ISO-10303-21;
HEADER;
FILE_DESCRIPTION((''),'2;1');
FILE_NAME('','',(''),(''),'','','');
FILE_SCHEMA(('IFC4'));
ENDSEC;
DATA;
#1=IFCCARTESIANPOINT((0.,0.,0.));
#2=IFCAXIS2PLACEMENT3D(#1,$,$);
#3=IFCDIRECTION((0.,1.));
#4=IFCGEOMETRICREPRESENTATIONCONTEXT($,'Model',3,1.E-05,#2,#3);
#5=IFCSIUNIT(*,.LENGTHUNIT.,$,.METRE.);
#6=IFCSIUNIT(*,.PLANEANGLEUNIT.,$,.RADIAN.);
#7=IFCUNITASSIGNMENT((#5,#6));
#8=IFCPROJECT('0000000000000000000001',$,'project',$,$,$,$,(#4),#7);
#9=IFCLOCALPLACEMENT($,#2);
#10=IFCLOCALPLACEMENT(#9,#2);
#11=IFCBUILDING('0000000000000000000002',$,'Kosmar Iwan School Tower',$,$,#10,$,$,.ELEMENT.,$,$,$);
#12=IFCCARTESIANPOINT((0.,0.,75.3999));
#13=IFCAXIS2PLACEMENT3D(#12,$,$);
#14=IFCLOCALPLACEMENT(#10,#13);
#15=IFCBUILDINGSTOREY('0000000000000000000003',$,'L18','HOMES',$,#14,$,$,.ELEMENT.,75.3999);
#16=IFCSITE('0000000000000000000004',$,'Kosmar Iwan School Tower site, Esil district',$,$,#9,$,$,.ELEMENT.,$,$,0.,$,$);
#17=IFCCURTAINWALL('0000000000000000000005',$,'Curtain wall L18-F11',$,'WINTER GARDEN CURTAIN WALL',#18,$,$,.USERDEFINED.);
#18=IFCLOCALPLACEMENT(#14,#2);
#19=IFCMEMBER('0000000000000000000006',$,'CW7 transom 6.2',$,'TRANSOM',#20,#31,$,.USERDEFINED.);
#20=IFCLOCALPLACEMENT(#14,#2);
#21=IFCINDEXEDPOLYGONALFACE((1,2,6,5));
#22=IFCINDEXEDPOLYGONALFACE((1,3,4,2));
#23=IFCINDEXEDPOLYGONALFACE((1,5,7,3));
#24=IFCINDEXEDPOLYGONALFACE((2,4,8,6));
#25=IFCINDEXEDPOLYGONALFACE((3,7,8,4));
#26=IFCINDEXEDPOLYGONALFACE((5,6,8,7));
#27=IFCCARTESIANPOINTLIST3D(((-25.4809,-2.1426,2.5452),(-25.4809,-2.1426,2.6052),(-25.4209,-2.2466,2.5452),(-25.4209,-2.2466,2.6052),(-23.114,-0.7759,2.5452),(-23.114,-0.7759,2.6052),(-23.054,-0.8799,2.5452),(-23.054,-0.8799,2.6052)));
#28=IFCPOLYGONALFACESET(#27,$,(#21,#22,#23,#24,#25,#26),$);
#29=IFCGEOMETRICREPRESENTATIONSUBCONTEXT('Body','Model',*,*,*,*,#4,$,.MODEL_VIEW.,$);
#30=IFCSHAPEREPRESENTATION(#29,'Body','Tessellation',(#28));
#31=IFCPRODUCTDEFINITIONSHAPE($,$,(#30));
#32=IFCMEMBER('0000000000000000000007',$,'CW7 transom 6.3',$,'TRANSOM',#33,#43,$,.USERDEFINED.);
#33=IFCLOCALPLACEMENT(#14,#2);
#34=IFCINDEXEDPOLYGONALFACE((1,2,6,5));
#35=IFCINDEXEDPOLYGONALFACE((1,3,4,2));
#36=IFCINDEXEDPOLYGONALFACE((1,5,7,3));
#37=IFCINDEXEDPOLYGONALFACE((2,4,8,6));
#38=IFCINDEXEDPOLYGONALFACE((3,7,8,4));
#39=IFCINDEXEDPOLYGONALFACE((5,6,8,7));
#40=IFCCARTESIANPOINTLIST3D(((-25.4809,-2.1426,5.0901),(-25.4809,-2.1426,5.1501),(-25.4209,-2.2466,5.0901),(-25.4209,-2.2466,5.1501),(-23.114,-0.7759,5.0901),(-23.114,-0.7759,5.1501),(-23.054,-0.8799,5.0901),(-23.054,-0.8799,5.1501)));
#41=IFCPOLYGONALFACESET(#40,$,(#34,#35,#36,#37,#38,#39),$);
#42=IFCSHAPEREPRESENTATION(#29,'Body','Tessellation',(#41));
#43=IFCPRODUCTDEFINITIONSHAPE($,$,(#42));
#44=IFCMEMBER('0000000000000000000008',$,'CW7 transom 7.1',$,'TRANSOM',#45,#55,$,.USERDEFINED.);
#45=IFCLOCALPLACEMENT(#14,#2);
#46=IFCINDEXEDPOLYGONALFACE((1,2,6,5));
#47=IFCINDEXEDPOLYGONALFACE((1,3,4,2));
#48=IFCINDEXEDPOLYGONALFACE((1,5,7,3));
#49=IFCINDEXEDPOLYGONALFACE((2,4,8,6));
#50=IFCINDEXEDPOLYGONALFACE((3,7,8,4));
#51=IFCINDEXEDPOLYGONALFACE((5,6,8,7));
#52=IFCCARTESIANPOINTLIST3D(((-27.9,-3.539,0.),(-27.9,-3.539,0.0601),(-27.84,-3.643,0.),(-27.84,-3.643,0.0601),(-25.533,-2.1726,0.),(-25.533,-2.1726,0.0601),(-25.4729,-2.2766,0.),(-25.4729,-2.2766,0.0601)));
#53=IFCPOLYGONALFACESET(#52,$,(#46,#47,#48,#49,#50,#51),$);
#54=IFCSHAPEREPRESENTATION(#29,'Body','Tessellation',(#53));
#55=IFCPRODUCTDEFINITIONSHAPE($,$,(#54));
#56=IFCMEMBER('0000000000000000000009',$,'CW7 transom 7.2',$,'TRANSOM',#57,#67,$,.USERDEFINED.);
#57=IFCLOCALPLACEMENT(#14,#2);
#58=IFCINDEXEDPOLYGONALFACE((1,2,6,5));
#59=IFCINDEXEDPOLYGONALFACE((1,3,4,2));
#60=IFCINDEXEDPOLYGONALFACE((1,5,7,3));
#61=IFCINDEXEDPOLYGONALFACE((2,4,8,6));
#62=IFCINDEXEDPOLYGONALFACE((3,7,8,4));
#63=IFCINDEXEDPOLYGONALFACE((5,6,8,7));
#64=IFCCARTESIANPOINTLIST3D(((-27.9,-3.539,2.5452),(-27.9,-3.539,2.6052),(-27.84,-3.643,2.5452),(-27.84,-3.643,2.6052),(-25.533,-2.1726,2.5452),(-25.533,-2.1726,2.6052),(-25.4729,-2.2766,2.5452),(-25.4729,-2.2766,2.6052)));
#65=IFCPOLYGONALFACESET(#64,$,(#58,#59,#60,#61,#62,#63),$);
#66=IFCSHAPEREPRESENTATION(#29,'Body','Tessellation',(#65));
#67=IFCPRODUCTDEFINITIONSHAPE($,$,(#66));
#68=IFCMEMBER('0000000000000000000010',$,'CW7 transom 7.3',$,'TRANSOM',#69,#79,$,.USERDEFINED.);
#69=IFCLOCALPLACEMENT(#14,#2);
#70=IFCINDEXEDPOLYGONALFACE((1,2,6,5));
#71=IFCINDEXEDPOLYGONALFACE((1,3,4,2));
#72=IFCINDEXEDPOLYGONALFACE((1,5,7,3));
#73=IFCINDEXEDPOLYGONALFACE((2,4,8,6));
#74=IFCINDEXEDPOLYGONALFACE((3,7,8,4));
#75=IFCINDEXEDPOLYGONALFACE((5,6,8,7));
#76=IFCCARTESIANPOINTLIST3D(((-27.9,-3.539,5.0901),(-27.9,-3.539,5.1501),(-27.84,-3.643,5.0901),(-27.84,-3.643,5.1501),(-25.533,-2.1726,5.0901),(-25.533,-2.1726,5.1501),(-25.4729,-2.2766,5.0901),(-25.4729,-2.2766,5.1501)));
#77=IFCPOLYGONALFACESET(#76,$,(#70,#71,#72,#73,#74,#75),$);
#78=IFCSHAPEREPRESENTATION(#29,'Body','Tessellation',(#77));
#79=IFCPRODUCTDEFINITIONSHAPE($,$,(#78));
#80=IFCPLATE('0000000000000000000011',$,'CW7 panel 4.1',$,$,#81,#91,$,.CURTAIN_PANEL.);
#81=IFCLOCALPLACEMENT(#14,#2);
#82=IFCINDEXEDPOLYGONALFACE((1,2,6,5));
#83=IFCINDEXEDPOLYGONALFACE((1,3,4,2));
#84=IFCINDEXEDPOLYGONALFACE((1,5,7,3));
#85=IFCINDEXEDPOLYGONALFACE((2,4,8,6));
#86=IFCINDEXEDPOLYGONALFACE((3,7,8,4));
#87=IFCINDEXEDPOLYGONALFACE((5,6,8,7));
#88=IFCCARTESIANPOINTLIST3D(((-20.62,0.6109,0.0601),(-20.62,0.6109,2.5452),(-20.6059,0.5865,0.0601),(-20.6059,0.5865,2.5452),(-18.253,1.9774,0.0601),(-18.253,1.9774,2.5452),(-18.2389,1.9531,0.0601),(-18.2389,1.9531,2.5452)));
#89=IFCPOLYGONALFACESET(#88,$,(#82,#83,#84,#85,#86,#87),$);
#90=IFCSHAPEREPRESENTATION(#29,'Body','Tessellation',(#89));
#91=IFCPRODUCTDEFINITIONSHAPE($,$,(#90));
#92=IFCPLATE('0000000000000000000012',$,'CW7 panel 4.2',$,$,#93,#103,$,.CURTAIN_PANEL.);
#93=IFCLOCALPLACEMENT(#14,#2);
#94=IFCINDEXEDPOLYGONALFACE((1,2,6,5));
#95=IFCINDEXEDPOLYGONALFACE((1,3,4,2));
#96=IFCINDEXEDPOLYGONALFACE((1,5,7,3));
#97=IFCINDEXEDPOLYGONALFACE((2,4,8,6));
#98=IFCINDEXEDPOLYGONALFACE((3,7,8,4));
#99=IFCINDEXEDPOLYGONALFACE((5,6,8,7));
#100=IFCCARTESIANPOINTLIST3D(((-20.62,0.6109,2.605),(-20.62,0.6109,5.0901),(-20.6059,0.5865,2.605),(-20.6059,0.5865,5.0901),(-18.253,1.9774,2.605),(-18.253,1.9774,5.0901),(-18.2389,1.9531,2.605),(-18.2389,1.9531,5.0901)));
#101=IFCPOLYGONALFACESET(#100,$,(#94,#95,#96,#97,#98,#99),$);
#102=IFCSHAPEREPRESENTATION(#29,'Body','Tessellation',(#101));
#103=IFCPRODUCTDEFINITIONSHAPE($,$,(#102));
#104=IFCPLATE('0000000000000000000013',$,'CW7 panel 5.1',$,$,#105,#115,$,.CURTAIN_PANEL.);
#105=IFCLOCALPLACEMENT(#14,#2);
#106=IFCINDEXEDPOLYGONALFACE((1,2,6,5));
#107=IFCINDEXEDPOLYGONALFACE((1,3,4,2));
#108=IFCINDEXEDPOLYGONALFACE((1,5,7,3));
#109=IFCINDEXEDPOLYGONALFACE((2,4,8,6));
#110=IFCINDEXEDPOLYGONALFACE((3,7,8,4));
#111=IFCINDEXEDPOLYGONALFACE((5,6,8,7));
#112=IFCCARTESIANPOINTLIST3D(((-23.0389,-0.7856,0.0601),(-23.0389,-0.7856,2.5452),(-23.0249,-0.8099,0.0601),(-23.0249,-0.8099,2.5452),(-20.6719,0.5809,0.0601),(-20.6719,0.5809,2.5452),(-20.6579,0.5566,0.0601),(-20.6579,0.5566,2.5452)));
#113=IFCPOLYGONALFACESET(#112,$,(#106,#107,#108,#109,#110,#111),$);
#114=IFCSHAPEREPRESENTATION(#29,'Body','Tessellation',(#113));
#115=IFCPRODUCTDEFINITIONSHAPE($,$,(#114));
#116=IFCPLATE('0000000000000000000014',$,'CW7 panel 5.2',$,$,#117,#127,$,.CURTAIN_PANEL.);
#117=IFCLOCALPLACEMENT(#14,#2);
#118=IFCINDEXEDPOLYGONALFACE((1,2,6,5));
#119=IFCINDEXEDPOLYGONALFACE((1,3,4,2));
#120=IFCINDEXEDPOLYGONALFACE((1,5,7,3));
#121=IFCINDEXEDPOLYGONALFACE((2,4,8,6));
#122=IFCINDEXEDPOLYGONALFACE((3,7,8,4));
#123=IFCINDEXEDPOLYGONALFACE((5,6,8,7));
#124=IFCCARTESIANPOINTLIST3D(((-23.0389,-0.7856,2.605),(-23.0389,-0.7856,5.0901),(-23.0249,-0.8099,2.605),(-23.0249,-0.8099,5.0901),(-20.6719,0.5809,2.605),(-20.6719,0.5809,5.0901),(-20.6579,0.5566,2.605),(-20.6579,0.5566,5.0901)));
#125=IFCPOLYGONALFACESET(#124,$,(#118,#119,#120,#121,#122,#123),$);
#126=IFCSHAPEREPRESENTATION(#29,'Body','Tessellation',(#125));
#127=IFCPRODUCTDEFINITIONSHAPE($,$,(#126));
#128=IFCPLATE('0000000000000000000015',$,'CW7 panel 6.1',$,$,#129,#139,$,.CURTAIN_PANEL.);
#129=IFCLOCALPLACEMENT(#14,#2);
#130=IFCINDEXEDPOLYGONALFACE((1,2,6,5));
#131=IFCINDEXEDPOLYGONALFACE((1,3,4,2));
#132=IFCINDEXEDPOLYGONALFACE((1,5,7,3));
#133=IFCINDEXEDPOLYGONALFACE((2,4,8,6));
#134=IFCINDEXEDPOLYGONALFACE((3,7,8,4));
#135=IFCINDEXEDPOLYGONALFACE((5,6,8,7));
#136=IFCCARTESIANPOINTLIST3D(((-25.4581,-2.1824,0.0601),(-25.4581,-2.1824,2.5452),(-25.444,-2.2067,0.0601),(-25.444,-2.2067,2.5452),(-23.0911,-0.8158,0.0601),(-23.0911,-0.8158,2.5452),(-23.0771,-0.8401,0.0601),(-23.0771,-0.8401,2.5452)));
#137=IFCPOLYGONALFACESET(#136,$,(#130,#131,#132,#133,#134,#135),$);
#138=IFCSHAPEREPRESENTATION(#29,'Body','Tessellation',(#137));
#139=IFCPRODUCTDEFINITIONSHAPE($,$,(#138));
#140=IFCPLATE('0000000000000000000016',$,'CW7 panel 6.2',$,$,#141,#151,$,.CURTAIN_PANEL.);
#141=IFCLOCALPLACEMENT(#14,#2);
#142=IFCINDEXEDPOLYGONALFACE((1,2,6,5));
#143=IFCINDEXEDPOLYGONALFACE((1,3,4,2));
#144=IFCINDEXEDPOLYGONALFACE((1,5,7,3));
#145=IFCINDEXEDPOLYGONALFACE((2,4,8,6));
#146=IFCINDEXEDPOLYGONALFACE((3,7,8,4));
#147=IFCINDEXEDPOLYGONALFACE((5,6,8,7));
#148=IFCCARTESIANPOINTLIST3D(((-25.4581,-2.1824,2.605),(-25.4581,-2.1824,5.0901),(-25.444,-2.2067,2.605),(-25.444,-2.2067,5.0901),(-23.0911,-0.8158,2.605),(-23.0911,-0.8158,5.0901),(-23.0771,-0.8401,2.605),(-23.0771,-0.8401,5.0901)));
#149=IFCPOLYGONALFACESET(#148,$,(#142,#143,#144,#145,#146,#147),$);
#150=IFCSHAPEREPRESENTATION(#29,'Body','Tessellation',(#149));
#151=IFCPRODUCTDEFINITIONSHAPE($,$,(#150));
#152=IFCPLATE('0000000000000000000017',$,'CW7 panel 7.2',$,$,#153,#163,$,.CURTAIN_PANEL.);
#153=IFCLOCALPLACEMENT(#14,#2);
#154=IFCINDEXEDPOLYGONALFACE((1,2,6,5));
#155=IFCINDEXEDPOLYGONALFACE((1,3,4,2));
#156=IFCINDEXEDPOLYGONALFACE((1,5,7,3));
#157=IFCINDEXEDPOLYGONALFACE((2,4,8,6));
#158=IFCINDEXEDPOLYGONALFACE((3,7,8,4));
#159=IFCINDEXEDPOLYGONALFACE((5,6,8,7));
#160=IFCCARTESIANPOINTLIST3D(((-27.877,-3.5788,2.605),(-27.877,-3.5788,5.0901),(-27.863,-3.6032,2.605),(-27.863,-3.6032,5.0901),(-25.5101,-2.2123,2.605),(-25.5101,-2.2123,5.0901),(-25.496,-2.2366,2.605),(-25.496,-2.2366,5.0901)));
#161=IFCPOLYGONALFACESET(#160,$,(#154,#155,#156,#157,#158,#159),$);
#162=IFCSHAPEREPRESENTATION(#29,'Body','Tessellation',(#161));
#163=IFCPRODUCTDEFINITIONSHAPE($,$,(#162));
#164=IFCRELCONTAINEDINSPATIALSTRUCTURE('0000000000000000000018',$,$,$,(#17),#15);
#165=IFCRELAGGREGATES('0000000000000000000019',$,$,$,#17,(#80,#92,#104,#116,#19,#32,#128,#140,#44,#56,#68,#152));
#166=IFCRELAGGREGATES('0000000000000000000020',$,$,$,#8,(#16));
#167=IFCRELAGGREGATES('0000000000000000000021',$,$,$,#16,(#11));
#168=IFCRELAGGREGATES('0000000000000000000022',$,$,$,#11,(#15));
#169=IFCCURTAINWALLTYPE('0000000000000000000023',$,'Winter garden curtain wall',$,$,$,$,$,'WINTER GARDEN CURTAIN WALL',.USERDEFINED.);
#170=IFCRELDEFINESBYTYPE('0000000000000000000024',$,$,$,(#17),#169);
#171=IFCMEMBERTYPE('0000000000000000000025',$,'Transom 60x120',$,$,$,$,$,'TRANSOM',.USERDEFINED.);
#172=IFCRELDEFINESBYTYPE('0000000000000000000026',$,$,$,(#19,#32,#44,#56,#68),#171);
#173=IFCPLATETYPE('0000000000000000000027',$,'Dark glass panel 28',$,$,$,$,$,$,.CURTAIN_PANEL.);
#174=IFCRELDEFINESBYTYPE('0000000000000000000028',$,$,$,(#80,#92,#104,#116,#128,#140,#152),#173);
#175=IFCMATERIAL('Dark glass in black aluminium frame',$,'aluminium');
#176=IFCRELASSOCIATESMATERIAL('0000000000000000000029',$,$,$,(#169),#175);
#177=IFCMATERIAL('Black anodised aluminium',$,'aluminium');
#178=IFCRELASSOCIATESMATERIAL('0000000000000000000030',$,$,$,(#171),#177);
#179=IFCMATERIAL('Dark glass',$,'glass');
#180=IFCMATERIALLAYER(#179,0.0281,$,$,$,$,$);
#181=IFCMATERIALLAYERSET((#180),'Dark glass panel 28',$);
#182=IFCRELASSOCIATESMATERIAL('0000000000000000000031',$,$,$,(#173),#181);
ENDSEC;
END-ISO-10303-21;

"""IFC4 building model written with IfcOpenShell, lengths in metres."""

from ifc_helpers import new_model, si_unit, direction, frame, origin, origin_2d, place, context, subcontext, project, spatial, rectangle, extrude, material, layer, layer_set, material_profile, profile_set, type_object, element, aggregate, save


model = new_model("IFC4")

# Units and contexts
model_context = context("Model", 3, precision=1e-05, world=origin(), true_north=direction((0.0, 1.0)))
body_context = subcontext(model_context, "Body", "Model", "MODEL_VIEW")
ifc_project = project(units=[si_unit("LENGTHUNIT", "METRE"), si_unit("PLANEANGLEUNIT", "RADIAN")], contexts=[model_context])

# Site, building, storey
site_placement = place(None, origin())
site = spatial("IfcSite", under=ifc_project, at=site_placement, Name="Kosmar Iwan School Tower site, Esil district", CompositionType="ELEMENT", RefElevation=0.0)
building_placement = place(site_placement, origin())
building = spatial("IfcBuilding", under=site, at=building_placement, Name="Kosmar Iwan School Tower", CompositionType="ELEMENT")
storey_placement = place(building_placement, frame((0.0, 0.0, 75.3999)))
storey = spatial("IfcBuildingStorey", under=building, at=storey_placement, Name="L18", Description="HOMES", CompositionType="ELEMENT", Elevation=75.3999)

# Curtain wall
ifc_material_1 = material(Name="Dark glass in black aluminium frame", Category="aluminium")
curtain_wall_type = type_object("IfcCurtainWallType", Name="Winter garden curtain wall", ElementType="WINTER GARDEN CURTAIN WALL", PredefinedType="USERDEFINED", material=ifc_material_1)
curtain_wall_placement = place(storey_placement, origin())
curtain_wall = element("IfcCurtainWall", 1, at=curtain_wall_placement, inside=storey, type_object=curtain_wall_type, Name="Curtain wall L18-F11", ObjectType="WINTER GARDEN CURTAIN WALL", PredefinedType="USERDEFINED")

# Members
ifc_material_2 = material(Name="Black anodised aluminium", Category="aluminium")
ifc_material_profile_1 = material_profile(ifc_material_2, rectangle(XDim=0.1201, YDim=0.0601, at=origin_2d()), Name="TRANSOM 60x120")
ifc_profile_set_1 = profile_set([ifc_material_profile_1], Name="Black anodised aluminium")
member_type_1 = type_object("IfcMemberType", Name="Transom 60x120", ElementType="TRANSOM", PredefinedType="USERDEFINED", material=ifc_profile_set_1)
member_1_placement = place(storey_placement, frame((-23.084, -0.8279, 2.5752), z_axis=(-0.866003, -0.500039, 0.0), x_axis=(0.500039, -0.866003, 0.0)))
member_1 = element("IfcMember", 2, at=member_1_placement, type_object=member_type_1, Name="CW7 transom 6.2", ObjectType="TRANSOM", PredefinedType="USERDEFINED", context=body_context, shape_type="SweptSolid", body=[
    extrude(rectangle(XDim=0.1201, YDim=0.0601, at=origin_2d()), origin(), (0.0, 0.0, 1.0), 2.7332),
])
member_2_placement = place(storey_placement, frame((-23.084, -0.8279, 5.1201), z_axis=(-0.866003, -0.500039, 0.0), x_axis=(0.500039, -0.866003, 0.0)))
member_2 = element("IfcMember", 3, at=member_2_placement, type_object=member_type_1, Name="CW7 transom 6.3", ObjectType="TRANSOM", PredefinedType="USERDEFINED", context=body_context, shape_type="SweptSolid", body=[
    extrude(rectangle(XDim=0.1201, YDim=0.0601, at=origin_2d()), origin(), (0.0, 0.0, 1.0), 2.7332),
])
member_3_placement = place(storey_placement, frame((-25.5029, -2.2246, 0.03), z_axis=(-0.866064, -0.499934, 0.0), x_axis=(0.499934, -0.866064, 0.0)))
member_3 = element("IfcMember", 4, at=member_3_placement, type_object=member_type_1, Name="CW7 transom 7.1", ObjectType="TRANSOM", PredefinedType="USERDEFINED", context=body_context, shape_type="SweptSolid", body=[
    extrude(rectangle(XDim=0.1201, YDim=0.0601, at=origin_2d()), origin(), (0.0, 0.0, 1.0), 2.7332),
])
member_4_placement = place(storey_placement, frame((-25.5029, -2.2246, 2.5752), z_axis=(-0.866064, -0.499934, 0.0), x_axis=(0.499934, -0.866064, 0.0)))
member_4 = element("IfcMember", 5, at=member_4_placement, type_object=member_type_1, Name="CW7 transom 7.2", ObjectType="TRANSOM", PredefinedType="USERDEFINED", context=body_context, shape_type="SweptSolid", body=[
    extrude(rectangle(XDim=0.1201, YDim=0.0601, at=origin_2d()), origin(), (0.0, 0.0, 1.0), 2.7332),
])
member_5_placement = place(storey_placement, frame((-25.5029, -2.2246, 5.1201), z_axis=(-0.866064, -0.499934, 0.0), x_axis=(0.499934, -0.866064, 0.0)))
member_5 = element("IfcMember", 6, at=member_5_placement, type_object=member_type_1, Name="CW7 transom 7.3", ObjectType="TRANSOM", PredefinedType="USERDEFINED", context=body_context, shape_type="SweptSolid", body=[
    extrude(rectangle(XDim=0.1201, YDim=0.0601, at=origin_2d()), origin(), (0.0, 0.0, 1.0), 2.7332),
])

# Plates
ifc_material_3 = material(Name="Dark glass", Category="glass")
ifc_layer = layer(ifc_material_3, 0.0281)
ifc_layer_set = layer_set([ifc_layer], Name="Dark glass panel 28")
plate_type = type_object("IfcPlateType", Name="Dark glass panel 28", PredefinedType="CURTAIN_PANEL", material=ifc_layer_set)
plate_1_placement = place(storey_placement, frame((-19.4294, 1.282, 0.0601), z_axis=(0.0, 0.0, 1.0), x_axis=(-0.866025, -0.5, 0.0)))
plate_1 = element("IfcPlate", 7, at=plate_1_placement, type_object=plate_type, Name="CW7 panel 4.1", PredefinedType="CURTAIN_PANEL", context=body_context, shape_type="SweptSolid", body=[
    extrude(rectangle(XDim=2.7332, YDim=0.0281, at=origin_2d()), origin(), (0.0, 0.0, 1.0), 2.4851),
])
plate_2_placement = place(storey_placement, frame((-19.4294, 1.282, 2.605), z_axis=(0.0, 0.0, 1.0), x_axis=(-0.866025, -0.5, 0.0)))
plate_2 = element("IfcPlate", 8, at=plate_2_placement, type_object=plate_type, Name="CW7 panel 4.2", PredefinedType="CURTAIN_PANEL", context=body_context, shape_type="SweptSolid", body=[
    extrude(rectangle(XDim=2.7332, YDim=0.0281, at=origin_2d()), origin(), (0.0, 0.0, 1.0), 2.4851),
])
plate_3_placement = place(storey_placement, frame((-21.8484, -0.1145, 0.0601), z_axis=(0.0, 0.0, 1.0), x_axis=(-0.866025, -0.5, 0.0)))
plate_3 = element("IfcPlate", 9, at=plate_3_placement, type_object=plate_type, Name="CW7 panel 5.1", PredefinedType="CURTAIN_PANEL", context=body_context, shape_type="SweptSolid", body=[
    extrude(rectangle(XDim=2.7332, YDim=0.0281, at=origin_2d()), origin(), (0.0, 0.0, 1.0), 2.4851),
])
plate_4_placement = place(storey_placement, frame((-21.8484, -0.1145, 2.605), z_axis=(0.0, 0.0, 1.0), x_axis=(-0.866025, -0.5, 0.0)))
plate_4 = element("IfcPlate", 10, at=plate_4_placement, type_object=plate_type, Name="CW7 panel 5.2", PredefinedType="CURTAIN_PANEL", context=body_context, shape_type="SweptSolid", body=[
    extrude(rectangle(XDim=2.7332, YDim=0.0281, at=origin_2d()), origin(), (0.0, 0.0, 1.0), 2.4851),
])
plate_5_placement = place(storey_placement, frame((-24.2676, -1.5112, 0.0601), z_axis=(0.0, 0.0, 1.0), x_axis=(-0.866025, -0.5, 0.0)))
plate_5 = element("IfcPlate", 11, at=plate_5_placement, type_object=plate_type, Name="CW7 panel 6.1", PredefinedType="CURTAIN_PANEL", context=body_context, shape_type="SweptSolid", body=[
    extrude(rectangle(XDim=2.7332, YDim=0.0281, at=origin_2d()), origin(), (0.0, 0.0, 1.0), 2.4851),
])
plate_6_placement = place(storey_placement, frame((-24.2676, -1.5112, 2.605), z_axis=(0.0, 0.0, 1.0), x_axis=(-0.866025, -0.5, 0.0)))
plate_6 = element("IfcPlate", 12, at=plate_6_placement, type_object=plate_type, Name="CW7 panel 6.2", PredefinedType="CURTAIN_PANEL", context=body_context, shape_type="SweptSolid", body=[
    extrude(rectangle(XDim=2.7332, YDim=0.0281, at=origin_2d()), origin(), (0.0, 0.0, 1.0), 2.4851),
])
plate_7_placement = place(storey_placement, frame((-26.6865, -2.9077, 2.605), z_axis=(0.0, 0.0, 1.0), x_axis=(-0.866025, -0.5, 0.0)))
plate_7 = element("IfcPlate", 13, at=plate_7_placement, type_object=plate_type, Name="CW7 panel 7.2", PredefinedType="CURTAIN_PANEL", context=body_context, shape_type="SweptSolid", body=[
    extrude(rectangle(XDim=2.7332, YDim=0.0281, at=origin_2d()), origin(), (0.0, 0.0, 1.0), 2.4851),
])
aggregate(curtain_wall, [plate_1, plate_2, plate_3, plate_4, member_1, member_2, plate_5, plate_6, member_3, member_4, member_5, plate_7])

save(model, "model.ifc")
